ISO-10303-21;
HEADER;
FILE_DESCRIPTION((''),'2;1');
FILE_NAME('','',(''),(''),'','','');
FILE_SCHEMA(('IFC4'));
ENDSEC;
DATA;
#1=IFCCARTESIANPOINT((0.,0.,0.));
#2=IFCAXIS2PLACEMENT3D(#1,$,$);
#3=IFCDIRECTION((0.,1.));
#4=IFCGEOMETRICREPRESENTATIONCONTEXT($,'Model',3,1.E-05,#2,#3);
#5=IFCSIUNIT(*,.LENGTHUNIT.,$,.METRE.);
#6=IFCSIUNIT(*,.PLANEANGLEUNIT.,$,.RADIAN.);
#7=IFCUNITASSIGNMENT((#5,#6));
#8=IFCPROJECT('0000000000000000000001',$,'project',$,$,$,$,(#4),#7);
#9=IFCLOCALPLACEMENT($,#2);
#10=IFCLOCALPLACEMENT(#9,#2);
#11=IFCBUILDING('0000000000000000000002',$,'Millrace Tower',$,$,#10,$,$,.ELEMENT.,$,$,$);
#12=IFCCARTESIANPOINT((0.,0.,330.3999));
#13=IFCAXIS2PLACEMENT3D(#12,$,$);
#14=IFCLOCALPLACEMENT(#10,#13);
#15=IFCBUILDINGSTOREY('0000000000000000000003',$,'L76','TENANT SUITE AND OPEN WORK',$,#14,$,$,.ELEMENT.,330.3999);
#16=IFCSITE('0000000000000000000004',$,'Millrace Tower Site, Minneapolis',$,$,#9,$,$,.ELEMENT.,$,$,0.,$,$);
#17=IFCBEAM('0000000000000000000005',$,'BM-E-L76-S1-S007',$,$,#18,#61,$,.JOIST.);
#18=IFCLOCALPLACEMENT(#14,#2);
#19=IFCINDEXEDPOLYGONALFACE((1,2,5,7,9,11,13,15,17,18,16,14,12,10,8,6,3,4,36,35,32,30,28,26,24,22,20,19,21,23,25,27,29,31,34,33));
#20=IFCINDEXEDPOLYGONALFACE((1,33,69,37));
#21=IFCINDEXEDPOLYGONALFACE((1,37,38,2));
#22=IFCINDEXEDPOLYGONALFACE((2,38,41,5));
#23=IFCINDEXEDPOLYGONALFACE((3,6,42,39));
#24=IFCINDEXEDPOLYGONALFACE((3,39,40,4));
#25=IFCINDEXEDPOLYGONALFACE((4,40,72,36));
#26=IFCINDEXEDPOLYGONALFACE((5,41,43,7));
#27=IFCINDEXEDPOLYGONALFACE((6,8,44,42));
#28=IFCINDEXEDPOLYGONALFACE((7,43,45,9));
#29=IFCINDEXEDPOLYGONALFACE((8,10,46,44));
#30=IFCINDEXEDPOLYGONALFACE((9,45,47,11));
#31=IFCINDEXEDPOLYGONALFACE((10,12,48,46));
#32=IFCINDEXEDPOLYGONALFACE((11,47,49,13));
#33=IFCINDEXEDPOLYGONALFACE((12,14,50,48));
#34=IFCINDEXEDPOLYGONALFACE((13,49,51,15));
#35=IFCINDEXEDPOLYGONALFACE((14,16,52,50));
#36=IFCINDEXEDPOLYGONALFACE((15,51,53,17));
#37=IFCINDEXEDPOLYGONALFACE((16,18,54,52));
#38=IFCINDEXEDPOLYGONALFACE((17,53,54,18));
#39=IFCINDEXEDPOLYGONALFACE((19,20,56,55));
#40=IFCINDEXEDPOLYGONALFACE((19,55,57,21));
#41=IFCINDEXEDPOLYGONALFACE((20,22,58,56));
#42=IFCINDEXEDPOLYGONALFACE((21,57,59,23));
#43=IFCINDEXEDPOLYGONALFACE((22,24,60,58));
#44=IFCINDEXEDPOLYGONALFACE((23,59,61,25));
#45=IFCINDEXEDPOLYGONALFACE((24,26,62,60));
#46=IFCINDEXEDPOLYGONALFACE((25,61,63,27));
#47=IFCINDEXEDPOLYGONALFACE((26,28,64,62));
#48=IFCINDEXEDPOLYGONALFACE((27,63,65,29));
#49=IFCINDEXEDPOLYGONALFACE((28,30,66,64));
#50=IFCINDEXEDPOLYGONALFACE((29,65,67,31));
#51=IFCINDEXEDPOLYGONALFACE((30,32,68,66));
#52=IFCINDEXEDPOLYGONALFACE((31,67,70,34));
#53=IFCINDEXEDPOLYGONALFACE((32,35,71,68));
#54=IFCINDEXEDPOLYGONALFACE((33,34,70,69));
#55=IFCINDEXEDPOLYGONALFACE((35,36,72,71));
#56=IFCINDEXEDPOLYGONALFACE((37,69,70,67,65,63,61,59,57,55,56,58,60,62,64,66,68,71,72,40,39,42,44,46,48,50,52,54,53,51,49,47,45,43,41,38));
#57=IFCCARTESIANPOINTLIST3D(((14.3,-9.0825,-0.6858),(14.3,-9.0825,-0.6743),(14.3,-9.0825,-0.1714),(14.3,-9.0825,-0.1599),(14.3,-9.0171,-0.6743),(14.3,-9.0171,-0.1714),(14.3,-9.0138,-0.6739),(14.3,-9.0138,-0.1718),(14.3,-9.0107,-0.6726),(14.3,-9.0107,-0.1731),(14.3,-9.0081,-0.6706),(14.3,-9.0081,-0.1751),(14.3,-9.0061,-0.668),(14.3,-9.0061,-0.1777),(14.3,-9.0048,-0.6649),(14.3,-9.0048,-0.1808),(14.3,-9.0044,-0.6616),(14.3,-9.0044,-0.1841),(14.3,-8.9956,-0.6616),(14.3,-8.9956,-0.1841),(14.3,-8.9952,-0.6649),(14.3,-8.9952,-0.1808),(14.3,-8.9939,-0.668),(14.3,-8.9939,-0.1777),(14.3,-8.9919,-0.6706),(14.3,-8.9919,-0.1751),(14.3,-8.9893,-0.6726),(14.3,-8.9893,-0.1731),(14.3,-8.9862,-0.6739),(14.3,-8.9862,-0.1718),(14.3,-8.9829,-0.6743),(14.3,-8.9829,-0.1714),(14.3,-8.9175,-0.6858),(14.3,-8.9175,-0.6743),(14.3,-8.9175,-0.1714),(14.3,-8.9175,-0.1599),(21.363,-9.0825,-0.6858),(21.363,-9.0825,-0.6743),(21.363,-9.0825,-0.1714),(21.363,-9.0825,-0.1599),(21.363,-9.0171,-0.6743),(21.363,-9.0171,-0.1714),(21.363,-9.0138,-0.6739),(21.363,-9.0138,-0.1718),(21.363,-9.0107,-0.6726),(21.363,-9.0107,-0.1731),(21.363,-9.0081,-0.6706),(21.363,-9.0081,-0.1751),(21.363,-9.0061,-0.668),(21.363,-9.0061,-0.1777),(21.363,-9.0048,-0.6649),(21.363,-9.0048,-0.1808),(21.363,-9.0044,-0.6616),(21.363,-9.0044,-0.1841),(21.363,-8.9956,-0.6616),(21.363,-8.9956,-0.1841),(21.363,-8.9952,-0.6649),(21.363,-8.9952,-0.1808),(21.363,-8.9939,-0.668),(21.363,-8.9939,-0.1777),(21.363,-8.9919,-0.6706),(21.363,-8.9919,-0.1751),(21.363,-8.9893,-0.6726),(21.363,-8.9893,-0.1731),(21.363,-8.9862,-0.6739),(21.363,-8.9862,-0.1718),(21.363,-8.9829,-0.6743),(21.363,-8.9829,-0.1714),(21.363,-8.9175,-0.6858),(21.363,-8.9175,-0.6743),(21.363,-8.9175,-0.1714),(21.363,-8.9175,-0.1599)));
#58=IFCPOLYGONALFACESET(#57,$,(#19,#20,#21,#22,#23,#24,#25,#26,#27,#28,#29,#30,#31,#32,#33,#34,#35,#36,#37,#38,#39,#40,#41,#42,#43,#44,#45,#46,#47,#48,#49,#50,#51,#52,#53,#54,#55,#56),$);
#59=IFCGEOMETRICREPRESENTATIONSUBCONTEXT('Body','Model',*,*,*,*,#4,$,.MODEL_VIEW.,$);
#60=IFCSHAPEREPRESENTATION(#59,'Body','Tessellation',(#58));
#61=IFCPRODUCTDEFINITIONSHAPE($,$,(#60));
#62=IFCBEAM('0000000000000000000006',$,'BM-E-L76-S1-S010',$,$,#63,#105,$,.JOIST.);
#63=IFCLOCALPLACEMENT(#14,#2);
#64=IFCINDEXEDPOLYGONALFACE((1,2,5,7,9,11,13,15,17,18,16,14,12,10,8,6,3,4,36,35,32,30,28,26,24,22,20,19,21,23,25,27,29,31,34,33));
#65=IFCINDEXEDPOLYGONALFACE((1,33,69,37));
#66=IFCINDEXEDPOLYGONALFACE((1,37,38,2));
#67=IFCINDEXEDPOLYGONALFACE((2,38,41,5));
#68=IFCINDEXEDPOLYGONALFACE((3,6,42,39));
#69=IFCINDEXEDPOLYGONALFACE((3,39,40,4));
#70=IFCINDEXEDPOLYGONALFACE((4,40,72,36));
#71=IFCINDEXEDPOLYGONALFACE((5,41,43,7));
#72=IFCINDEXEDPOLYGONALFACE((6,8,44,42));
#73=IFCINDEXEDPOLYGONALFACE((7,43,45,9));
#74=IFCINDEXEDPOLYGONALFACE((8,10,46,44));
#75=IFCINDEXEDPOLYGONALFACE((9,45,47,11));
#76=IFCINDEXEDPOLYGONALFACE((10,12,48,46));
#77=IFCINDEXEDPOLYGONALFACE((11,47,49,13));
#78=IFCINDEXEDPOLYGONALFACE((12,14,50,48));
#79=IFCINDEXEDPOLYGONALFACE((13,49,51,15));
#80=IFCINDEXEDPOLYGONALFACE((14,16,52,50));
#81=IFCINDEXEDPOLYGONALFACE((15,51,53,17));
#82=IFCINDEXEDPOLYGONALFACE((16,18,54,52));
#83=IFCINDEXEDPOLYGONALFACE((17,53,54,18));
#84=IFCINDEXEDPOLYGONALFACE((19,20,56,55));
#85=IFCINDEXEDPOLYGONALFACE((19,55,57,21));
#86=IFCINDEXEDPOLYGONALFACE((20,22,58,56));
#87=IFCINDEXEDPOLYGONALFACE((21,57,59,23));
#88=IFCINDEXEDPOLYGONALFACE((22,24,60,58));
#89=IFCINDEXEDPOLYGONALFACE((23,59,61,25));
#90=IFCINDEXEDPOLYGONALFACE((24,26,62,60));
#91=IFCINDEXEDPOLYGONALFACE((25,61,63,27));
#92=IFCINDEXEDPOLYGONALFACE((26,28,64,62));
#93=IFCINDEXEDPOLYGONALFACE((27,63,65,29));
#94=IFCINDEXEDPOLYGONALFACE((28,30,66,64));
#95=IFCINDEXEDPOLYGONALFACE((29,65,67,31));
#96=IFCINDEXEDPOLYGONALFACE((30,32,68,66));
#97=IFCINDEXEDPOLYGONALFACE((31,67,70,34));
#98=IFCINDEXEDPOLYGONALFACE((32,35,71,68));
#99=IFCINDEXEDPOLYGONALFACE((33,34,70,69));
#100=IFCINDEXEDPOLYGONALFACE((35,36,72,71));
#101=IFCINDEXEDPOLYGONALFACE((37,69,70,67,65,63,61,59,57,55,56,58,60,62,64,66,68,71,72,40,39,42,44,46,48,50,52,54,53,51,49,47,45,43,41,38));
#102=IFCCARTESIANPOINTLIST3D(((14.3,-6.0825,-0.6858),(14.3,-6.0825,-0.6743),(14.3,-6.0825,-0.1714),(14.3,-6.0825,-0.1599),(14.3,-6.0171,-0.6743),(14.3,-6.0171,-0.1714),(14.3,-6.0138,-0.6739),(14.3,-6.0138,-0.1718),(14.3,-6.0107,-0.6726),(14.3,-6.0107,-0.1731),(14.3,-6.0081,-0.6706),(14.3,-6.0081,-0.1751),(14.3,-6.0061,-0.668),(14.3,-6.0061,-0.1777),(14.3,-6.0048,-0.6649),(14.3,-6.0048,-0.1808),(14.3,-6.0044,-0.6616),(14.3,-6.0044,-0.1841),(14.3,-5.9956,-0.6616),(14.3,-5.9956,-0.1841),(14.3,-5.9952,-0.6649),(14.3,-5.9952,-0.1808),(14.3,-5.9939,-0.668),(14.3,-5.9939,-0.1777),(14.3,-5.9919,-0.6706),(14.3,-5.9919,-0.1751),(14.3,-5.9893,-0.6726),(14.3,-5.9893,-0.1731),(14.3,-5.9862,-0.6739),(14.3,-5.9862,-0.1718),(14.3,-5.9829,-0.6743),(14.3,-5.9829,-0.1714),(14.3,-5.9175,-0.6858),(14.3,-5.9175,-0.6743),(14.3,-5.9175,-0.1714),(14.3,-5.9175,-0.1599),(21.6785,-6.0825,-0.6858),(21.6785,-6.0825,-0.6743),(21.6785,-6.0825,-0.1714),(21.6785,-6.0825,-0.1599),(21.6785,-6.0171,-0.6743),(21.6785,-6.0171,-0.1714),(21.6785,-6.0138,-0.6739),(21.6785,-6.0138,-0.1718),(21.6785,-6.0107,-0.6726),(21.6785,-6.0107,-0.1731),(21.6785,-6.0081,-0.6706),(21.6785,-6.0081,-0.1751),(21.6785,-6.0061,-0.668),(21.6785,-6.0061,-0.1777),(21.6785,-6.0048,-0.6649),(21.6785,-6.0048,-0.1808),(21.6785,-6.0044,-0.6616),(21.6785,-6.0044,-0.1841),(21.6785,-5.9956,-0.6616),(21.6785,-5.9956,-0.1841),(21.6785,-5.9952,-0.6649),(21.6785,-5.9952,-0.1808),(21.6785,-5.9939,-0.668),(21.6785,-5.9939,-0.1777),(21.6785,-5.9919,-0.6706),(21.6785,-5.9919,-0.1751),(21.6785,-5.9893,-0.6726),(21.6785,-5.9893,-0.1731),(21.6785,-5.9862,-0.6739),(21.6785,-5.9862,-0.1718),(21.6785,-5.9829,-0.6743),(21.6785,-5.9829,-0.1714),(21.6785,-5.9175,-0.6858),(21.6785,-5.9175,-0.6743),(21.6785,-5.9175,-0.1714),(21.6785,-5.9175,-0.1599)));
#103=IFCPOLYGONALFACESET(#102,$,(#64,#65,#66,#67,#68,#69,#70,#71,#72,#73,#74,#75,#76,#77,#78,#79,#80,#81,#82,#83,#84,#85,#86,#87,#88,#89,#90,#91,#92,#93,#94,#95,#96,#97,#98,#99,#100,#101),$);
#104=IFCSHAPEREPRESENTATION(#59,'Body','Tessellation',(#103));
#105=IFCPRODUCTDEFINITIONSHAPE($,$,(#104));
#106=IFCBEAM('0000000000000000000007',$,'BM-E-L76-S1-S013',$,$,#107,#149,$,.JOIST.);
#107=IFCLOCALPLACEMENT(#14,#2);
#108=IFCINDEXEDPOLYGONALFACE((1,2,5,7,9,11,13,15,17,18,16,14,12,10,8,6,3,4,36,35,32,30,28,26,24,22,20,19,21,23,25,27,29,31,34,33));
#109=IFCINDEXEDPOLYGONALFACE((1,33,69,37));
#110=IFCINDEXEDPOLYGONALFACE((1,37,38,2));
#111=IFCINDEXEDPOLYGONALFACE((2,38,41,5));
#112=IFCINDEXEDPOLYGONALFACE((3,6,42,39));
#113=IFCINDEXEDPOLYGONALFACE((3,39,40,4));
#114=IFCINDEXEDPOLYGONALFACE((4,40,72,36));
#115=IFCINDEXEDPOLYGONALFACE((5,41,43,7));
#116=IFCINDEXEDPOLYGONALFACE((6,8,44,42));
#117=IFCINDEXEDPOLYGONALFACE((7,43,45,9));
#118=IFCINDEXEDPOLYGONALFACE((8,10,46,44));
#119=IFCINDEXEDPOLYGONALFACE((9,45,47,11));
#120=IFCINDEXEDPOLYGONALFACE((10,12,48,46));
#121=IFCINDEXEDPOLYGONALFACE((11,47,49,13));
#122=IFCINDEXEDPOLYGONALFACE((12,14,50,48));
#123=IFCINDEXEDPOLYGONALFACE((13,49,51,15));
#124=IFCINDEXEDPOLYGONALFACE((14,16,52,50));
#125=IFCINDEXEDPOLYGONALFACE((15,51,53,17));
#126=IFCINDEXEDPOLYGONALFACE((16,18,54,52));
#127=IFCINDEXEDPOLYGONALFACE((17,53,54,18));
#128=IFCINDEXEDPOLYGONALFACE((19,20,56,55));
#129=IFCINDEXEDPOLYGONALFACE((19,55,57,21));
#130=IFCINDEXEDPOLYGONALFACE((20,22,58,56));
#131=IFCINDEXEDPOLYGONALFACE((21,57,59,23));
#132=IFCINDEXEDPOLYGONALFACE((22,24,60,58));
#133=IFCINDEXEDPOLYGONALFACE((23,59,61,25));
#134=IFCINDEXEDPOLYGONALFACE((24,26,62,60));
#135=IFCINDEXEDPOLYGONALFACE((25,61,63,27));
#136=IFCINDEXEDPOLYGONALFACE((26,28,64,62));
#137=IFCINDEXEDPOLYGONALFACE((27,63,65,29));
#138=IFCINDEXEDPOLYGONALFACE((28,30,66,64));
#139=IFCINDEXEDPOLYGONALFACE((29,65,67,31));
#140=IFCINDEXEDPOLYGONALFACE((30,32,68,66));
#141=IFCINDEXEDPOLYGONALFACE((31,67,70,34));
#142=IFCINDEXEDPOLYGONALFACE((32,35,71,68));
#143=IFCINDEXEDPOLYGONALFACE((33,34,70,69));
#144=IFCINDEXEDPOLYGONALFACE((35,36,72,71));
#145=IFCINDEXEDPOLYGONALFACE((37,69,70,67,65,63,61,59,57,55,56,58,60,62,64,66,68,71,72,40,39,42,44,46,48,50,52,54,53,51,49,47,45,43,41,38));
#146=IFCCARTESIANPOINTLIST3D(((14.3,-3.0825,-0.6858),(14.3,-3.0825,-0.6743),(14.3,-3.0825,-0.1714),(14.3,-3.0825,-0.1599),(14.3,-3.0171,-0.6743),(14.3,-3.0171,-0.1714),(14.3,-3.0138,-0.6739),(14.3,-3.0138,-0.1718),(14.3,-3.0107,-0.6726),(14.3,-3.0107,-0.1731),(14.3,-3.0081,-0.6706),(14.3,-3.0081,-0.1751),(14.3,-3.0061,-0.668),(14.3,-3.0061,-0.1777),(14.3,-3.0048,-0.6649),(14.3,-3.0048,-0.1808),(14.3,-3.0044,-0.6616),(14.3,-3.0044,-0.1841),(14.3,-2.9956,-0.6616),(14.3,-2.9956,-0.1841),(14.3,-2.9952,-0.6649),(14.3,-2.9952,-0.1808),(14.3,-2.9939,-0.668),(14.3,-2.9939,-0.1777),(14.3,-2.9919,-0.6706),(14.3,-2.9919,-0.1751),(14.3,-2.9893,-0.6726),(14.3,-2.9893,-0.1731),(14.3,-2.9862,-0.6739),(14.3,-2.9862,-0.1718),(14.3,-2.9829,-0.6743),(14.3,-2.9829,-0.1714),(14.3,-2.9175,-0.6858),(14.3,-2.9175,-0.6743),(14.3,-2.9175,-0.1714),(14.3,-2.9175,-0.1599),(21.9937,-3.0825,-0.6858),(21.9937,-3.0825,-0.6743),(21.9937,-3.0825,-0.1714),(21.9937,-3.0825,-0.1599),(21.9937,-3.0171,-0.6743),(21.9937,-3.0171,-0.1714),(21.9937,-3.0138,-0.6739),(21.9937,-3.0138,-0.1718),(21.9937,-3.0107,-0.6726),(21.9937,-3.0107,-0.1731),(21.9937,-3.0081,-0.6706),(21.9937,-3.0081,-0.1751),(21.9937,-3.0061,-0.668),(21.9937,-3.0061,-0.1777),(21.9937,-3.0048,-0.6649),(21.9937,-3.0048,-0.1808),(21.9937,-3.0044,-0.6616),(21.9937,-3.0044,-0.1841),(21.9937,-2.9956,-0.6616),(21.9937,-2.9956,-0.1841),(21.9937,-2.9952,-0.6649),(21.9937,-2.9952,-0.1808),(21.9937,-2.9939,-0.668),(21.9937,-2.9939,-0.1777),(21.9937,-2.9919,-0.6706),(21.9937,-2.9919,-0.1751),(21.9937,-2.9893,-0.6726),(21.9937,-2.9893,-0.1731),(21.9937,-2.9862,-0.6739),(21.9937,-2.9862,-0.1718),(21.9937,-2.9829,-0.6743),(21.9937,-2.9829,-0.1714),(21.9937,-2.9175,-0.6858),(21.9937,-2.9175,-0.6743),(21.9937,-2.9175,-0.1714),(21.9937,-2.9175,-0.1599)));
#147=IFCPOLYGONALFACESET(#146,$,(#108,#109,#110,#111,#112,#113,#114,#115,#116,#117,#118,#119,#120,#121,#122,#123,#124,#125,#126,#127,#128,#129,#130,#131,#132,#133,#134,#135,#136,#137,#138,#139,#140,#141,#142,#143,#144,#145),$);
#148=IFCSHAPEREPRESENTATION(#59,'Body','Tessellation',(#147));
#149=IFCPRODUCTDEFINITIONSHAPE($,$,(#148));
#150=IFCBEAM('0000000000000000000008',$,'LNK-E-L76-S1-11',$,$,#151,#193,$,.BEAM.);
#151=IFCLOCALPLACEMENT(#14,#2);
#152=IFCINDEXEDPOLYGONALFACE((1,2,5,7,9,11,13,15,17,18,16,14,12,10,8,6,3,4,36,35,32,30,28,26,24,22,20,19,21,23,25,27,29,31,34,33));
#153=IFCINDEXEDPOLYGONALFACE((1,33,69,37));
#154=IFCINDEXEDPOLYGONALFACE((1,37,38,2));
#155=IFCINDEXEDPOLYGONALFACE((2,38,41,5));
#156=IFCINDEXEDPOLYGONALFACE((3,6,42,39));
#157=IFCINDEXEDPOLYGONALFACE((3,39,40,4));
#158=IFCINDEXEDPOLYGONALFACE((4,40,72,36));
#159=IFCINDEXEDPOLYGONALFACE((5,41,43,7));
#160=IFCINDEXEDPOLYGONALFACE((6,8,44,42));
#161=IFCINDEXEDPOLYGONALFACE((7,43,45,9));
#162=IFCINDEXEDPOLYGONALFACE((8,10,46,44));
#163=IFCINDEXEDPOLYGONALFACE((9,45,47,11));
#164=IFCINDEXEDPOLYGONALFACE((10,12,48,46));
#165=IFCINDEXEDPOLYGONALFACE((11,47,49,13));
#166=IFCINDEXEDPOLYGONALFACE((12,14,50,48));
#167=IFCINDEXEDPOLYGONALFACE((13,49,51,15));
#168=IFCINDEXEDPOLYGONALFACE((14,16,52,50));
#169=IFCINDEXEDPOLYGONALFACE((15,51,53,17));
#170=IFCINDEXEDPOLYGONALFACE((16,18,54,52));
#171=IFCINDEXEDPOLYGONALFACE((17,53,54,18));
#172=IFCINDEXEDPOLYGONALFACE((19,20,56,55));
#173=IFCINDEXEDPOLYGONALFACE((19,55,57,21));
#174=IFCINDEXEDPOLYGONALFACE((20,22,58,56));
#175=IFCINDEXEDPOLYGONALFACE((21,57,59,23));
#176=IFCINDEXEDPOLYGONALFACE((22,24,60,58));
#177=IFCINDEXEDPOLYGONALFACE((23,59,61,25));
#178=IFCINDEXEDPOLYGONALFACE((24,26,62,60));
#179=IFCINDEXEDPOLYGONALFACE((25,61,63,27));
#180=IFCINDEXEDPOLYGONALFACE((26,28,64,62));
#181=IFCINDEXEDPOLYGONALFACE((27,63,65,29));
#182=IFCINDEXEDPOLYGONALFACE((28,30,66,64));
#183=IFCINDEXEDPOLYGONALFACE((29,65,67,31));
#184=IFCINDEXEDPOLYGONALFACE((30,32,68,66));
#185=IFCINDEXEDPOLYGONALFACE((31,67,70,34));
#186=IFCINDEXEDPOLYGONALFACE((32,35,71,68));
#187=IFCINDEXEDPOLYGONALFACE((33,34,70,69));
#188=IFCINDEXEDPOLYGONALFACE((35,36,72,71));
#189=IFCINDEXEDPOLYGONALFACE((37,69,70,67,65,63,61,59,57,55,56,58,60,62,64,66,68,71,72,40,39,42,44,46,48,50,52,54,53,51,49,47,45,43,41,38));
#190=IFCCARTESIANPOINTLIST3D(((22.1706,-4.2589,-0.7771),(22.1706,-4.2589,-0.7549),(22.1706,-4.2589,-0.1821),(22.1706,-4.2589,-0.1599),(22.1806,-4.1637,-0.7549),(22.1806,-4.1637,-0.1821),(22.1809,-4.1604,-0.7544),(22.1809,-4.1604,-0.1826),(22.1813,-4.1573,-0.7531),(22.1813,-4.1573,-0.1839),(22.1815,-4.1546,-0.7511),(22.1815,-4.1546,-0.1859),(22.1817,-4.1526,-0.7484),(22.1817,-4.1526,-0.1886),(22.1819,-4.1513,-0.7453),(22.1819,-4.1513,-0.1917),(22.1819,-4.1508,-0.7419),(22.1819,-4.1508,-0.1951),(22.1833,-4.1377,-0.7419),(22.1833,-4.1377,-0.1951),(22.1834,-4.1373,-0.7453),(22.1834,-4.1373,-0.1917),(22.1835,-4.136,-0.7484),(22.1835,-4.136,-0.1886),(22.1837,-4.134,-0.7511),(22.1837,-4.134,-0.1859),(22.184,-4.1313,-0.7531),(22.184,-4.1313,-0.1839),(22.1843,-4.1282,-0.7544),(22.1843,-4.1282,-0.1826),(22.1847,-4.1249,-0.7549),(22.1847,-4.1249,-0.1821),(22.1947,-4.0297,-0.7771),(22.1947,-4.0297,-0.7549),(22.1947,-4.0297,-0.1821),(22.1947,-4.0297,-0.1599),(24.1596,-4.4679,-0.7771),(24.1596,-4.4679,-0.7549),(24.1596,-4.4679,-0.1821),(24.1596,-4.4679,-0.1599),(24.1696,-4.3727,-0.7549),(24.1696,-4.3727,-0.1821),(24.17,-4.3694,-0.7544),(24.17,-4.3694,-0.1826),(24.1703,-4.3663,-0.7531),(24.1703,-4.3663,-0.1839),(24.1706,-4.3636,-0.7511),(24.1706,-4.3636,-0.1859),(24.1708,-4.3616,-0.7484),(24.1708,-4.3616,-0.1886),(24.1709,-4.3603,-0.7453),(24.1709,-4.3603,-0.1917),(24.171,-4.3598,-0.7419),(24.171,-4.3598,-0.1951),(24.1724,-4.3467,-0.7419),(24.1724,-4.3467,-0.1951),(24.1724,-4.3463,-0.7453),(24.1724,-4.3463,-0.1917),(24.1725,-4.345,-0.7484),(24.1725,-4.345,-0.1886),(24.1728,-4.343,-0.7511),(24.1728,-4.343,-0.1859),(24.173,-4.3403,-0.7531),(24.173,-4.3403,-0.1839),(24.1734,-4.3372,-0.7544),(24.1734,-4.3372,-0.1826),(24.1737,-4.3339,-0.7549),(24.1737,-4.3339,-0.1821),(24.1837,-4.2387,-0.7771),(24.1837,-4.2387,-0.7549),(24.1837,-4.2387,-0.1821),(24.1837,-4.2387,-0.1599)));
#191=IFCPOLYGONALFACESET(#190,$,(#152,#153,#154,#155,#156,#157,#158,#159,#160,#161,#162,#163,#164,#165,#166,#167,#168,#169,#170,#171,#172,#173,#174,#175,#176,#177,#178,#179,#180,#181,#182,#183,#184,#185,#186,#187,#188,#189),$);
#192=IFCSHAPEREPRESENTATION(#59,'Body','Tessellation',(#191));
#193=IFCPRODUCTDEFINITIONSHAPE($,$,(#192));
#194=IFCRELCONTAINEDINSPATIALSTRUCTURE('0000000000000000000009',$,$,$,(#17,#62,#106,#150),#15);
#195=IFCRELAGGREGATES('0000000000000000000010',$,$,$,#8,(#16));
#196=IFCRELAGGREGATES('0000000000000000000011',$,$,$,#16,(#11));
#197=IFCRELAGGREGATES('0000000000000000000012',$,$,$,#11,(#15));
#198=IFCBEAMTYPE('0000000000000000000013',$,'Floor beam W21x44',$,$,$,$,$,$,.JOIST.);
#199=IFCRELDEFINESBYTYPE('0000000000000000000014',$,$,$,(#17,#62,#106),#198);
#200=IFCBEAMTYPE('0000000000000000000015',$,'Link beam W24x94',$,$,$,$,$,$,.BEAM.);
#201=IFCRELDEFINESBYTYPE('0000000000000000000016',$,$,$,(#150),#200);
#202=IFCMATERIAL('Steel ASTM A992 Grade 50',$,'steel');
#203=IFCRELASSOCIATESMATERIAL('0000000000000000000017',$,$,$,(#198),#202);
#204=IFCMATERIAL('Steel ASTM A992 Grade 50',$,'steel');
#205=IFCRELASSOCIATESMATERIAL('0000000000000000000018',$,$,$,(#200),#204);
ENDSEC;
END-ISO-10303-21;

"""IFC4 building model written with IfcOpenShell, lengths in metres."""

from ifc_helpers import new_model, si_unit, direction, frame, origin, origin_2d, place, context, subcontext, project, spatial, i_section, extrude, material, material_profile, profile_set, type_object, element, save


model = new_model("IFC4")

# Units and contexts
model_context = context("Model", 3, precision=1e-05, world=origin(), true_north=direction((0.0, 1.0)))
body_context = subcontext(model_context, "Body", "Model", "MODEL_VIEW")
ifc_project = project(units=[si_unit("LENGTHUNIT", "METRE"), si_unit("PLANEANGLEUNIT", "RADIAN")], contexts=[model_context])

# Site, building, storey
site_placement = place(None, origin())
site = spatial("IfcSite", under=ifc_project, at=site_placement, Name="Millrace Tower Site, Minneapolis", CompositionType="ELEMENT", RefElevation=0.0)
building_placement = place(site_placement, origin())
building = spatial("IfcBuilding", under=site, at=building_placement, Name="Millrace Tower", CompositionType="ELEMENT")
storey_placement = place(building_placement, frame((0.0, 0.0, 330.3999)))
storey = spatial("IfcBuildingStorey", under=building, at=storey_placement, Name="L76", Description="TENANT SUITE AND OPEN WORK", CompositionType="ELEMENT", Elevation=330.3999)

# Beams
ifc_material_1 = material(Name="Steel ASTM A992 Grade 50", Category="steel")
ifc_material_profile_1 = material_profile(ifc_material_1, i_section(OverallWidth=0.165, OverallDepth=0.5259, WebThickness=0.0088, FlangeThickness=0.0115, FilletRadius=0.0127, at=origin_2d()))
ifc_profile_set_1 = profile_set([ifc_material_profile_1], Name="Steel ASTM A992 Grade 50")
beam_type_1 = type_object("IfcBeamType", Name="Floor beam W21x44", PredefinedType="JOIST", material=ifc_profile_set_1)
beam_1_placement = place(storey_placement, frame((14.3, -9.0, -0.4229), z_axis=(1.0, 0.0, 0.0), x_axis=(0.0, 1.0, 0.0)))
element("IfcBeam", 1, at=beam_1_placement, inside=storey, type_object=beam_type_1, Name="BM-E-L76-S1-S007", PredefinedType="JOIST", context=body_context, shape_type="SweptSolid", body=[
    extrude(i_section(OverallWidth=0.165, OverallDepth=0.5259, WebThickness=0.0088, FlangeThickness=0.0115, FilletRadius=0.0127, at=origin_2d()), origin(), (0.0, 0.0, 1.0), 7.063),
])
beam_2_placement = place(storey_placement, frame((14.3, -6.0, -0.4229), z_axis=(1.0, 0.0, 0.0), x_axis=(0.0, 1.0, 0.0)))
element("IfcBeam", 2, at=beam_2_placement, inside=storey, type_object=beam_type_1, Name="BM-E-L76-S1-S010", PredefinedType="JOIST", context=body_context, shape_type="SweptSolid", body=[
    extrude(i_section(OverallWidth=0.165, OverallDepth=0.5259, WebThickness=0.0088, FlangeThickness=0.0115, FilletRadius=0.0127, at=origin_2d()), origin(), (0.0, 0.0, 1.0), 7.3784),
])
beam_3_placement = place(storey_placement, frame((14.3, -3.0, -0.4229), z_axis=(1.0, 0.0, 0.0), x_axis=(0.0, 1.0, 0.0)))
element("IfcBeam", 3, at=beam_3_placement, inside=storey, type_object=beam_type_1, Name="BM-E-L76-S1-S013", PredefinedType="JOIST", context=body_context, shape_type="SweptSolid", body=[
    extrude(i_section(OverallWidth=0.165, OverallDepth=0.5259, WebThickness=0.0088, FlangeThickness=0.0115, FilletRadius=0.0127, at=origin_2d()), origin(), (0.0, 0.0, 1.0), 7.6936),
])
ifc_material_2 = material(Name="Steel ASTM A992 Grade 50", Category="steel")
ifc_material_profile_2 = material_profile(ifc_material_2, i_section(OverallWidth=0.2305, OverallDepth=0.6172, WebThickness=0.0132, FlangeThickness=0.0222, FilletRadius=0.0129, at=origin_2d()))
ifc_profile_set_2 = profile_set([ifc_material_profile_2], Name="Steel ASTM A992 Grade 50")
beam_type_2 = type_object("IfcBeamType", Name="Link beam W24x94", PredefinedType="BEAM", material=ifc_profile_set_2)
beam_4_placement = place(storey_placement, frame((22.1826, -4.1443, -0.4685), z_axis=(0.994526, -0.104494, 0.0), x_axis=(0.104494, 0.994526, 0.0)))
element("IfcBeam", 4, at=beam_4_placement, inside=storey, type_object=beam_type_2, Name="LNK-E-L76-S1-11", PredefinedType="BEAM", context=body_context, shape_type="SweptSolid", body=[
    extrude(i_section(OverallWidth=0.2305, OverallDepth=0.6172, WebThickness=0.0132, FlangeThickness=0.0222, FilletRadius=0.0129, at=origin_2d()), origin(), (0.0, 0.0, 1.0), 2.0),
])

save(model, "model.ifc")
